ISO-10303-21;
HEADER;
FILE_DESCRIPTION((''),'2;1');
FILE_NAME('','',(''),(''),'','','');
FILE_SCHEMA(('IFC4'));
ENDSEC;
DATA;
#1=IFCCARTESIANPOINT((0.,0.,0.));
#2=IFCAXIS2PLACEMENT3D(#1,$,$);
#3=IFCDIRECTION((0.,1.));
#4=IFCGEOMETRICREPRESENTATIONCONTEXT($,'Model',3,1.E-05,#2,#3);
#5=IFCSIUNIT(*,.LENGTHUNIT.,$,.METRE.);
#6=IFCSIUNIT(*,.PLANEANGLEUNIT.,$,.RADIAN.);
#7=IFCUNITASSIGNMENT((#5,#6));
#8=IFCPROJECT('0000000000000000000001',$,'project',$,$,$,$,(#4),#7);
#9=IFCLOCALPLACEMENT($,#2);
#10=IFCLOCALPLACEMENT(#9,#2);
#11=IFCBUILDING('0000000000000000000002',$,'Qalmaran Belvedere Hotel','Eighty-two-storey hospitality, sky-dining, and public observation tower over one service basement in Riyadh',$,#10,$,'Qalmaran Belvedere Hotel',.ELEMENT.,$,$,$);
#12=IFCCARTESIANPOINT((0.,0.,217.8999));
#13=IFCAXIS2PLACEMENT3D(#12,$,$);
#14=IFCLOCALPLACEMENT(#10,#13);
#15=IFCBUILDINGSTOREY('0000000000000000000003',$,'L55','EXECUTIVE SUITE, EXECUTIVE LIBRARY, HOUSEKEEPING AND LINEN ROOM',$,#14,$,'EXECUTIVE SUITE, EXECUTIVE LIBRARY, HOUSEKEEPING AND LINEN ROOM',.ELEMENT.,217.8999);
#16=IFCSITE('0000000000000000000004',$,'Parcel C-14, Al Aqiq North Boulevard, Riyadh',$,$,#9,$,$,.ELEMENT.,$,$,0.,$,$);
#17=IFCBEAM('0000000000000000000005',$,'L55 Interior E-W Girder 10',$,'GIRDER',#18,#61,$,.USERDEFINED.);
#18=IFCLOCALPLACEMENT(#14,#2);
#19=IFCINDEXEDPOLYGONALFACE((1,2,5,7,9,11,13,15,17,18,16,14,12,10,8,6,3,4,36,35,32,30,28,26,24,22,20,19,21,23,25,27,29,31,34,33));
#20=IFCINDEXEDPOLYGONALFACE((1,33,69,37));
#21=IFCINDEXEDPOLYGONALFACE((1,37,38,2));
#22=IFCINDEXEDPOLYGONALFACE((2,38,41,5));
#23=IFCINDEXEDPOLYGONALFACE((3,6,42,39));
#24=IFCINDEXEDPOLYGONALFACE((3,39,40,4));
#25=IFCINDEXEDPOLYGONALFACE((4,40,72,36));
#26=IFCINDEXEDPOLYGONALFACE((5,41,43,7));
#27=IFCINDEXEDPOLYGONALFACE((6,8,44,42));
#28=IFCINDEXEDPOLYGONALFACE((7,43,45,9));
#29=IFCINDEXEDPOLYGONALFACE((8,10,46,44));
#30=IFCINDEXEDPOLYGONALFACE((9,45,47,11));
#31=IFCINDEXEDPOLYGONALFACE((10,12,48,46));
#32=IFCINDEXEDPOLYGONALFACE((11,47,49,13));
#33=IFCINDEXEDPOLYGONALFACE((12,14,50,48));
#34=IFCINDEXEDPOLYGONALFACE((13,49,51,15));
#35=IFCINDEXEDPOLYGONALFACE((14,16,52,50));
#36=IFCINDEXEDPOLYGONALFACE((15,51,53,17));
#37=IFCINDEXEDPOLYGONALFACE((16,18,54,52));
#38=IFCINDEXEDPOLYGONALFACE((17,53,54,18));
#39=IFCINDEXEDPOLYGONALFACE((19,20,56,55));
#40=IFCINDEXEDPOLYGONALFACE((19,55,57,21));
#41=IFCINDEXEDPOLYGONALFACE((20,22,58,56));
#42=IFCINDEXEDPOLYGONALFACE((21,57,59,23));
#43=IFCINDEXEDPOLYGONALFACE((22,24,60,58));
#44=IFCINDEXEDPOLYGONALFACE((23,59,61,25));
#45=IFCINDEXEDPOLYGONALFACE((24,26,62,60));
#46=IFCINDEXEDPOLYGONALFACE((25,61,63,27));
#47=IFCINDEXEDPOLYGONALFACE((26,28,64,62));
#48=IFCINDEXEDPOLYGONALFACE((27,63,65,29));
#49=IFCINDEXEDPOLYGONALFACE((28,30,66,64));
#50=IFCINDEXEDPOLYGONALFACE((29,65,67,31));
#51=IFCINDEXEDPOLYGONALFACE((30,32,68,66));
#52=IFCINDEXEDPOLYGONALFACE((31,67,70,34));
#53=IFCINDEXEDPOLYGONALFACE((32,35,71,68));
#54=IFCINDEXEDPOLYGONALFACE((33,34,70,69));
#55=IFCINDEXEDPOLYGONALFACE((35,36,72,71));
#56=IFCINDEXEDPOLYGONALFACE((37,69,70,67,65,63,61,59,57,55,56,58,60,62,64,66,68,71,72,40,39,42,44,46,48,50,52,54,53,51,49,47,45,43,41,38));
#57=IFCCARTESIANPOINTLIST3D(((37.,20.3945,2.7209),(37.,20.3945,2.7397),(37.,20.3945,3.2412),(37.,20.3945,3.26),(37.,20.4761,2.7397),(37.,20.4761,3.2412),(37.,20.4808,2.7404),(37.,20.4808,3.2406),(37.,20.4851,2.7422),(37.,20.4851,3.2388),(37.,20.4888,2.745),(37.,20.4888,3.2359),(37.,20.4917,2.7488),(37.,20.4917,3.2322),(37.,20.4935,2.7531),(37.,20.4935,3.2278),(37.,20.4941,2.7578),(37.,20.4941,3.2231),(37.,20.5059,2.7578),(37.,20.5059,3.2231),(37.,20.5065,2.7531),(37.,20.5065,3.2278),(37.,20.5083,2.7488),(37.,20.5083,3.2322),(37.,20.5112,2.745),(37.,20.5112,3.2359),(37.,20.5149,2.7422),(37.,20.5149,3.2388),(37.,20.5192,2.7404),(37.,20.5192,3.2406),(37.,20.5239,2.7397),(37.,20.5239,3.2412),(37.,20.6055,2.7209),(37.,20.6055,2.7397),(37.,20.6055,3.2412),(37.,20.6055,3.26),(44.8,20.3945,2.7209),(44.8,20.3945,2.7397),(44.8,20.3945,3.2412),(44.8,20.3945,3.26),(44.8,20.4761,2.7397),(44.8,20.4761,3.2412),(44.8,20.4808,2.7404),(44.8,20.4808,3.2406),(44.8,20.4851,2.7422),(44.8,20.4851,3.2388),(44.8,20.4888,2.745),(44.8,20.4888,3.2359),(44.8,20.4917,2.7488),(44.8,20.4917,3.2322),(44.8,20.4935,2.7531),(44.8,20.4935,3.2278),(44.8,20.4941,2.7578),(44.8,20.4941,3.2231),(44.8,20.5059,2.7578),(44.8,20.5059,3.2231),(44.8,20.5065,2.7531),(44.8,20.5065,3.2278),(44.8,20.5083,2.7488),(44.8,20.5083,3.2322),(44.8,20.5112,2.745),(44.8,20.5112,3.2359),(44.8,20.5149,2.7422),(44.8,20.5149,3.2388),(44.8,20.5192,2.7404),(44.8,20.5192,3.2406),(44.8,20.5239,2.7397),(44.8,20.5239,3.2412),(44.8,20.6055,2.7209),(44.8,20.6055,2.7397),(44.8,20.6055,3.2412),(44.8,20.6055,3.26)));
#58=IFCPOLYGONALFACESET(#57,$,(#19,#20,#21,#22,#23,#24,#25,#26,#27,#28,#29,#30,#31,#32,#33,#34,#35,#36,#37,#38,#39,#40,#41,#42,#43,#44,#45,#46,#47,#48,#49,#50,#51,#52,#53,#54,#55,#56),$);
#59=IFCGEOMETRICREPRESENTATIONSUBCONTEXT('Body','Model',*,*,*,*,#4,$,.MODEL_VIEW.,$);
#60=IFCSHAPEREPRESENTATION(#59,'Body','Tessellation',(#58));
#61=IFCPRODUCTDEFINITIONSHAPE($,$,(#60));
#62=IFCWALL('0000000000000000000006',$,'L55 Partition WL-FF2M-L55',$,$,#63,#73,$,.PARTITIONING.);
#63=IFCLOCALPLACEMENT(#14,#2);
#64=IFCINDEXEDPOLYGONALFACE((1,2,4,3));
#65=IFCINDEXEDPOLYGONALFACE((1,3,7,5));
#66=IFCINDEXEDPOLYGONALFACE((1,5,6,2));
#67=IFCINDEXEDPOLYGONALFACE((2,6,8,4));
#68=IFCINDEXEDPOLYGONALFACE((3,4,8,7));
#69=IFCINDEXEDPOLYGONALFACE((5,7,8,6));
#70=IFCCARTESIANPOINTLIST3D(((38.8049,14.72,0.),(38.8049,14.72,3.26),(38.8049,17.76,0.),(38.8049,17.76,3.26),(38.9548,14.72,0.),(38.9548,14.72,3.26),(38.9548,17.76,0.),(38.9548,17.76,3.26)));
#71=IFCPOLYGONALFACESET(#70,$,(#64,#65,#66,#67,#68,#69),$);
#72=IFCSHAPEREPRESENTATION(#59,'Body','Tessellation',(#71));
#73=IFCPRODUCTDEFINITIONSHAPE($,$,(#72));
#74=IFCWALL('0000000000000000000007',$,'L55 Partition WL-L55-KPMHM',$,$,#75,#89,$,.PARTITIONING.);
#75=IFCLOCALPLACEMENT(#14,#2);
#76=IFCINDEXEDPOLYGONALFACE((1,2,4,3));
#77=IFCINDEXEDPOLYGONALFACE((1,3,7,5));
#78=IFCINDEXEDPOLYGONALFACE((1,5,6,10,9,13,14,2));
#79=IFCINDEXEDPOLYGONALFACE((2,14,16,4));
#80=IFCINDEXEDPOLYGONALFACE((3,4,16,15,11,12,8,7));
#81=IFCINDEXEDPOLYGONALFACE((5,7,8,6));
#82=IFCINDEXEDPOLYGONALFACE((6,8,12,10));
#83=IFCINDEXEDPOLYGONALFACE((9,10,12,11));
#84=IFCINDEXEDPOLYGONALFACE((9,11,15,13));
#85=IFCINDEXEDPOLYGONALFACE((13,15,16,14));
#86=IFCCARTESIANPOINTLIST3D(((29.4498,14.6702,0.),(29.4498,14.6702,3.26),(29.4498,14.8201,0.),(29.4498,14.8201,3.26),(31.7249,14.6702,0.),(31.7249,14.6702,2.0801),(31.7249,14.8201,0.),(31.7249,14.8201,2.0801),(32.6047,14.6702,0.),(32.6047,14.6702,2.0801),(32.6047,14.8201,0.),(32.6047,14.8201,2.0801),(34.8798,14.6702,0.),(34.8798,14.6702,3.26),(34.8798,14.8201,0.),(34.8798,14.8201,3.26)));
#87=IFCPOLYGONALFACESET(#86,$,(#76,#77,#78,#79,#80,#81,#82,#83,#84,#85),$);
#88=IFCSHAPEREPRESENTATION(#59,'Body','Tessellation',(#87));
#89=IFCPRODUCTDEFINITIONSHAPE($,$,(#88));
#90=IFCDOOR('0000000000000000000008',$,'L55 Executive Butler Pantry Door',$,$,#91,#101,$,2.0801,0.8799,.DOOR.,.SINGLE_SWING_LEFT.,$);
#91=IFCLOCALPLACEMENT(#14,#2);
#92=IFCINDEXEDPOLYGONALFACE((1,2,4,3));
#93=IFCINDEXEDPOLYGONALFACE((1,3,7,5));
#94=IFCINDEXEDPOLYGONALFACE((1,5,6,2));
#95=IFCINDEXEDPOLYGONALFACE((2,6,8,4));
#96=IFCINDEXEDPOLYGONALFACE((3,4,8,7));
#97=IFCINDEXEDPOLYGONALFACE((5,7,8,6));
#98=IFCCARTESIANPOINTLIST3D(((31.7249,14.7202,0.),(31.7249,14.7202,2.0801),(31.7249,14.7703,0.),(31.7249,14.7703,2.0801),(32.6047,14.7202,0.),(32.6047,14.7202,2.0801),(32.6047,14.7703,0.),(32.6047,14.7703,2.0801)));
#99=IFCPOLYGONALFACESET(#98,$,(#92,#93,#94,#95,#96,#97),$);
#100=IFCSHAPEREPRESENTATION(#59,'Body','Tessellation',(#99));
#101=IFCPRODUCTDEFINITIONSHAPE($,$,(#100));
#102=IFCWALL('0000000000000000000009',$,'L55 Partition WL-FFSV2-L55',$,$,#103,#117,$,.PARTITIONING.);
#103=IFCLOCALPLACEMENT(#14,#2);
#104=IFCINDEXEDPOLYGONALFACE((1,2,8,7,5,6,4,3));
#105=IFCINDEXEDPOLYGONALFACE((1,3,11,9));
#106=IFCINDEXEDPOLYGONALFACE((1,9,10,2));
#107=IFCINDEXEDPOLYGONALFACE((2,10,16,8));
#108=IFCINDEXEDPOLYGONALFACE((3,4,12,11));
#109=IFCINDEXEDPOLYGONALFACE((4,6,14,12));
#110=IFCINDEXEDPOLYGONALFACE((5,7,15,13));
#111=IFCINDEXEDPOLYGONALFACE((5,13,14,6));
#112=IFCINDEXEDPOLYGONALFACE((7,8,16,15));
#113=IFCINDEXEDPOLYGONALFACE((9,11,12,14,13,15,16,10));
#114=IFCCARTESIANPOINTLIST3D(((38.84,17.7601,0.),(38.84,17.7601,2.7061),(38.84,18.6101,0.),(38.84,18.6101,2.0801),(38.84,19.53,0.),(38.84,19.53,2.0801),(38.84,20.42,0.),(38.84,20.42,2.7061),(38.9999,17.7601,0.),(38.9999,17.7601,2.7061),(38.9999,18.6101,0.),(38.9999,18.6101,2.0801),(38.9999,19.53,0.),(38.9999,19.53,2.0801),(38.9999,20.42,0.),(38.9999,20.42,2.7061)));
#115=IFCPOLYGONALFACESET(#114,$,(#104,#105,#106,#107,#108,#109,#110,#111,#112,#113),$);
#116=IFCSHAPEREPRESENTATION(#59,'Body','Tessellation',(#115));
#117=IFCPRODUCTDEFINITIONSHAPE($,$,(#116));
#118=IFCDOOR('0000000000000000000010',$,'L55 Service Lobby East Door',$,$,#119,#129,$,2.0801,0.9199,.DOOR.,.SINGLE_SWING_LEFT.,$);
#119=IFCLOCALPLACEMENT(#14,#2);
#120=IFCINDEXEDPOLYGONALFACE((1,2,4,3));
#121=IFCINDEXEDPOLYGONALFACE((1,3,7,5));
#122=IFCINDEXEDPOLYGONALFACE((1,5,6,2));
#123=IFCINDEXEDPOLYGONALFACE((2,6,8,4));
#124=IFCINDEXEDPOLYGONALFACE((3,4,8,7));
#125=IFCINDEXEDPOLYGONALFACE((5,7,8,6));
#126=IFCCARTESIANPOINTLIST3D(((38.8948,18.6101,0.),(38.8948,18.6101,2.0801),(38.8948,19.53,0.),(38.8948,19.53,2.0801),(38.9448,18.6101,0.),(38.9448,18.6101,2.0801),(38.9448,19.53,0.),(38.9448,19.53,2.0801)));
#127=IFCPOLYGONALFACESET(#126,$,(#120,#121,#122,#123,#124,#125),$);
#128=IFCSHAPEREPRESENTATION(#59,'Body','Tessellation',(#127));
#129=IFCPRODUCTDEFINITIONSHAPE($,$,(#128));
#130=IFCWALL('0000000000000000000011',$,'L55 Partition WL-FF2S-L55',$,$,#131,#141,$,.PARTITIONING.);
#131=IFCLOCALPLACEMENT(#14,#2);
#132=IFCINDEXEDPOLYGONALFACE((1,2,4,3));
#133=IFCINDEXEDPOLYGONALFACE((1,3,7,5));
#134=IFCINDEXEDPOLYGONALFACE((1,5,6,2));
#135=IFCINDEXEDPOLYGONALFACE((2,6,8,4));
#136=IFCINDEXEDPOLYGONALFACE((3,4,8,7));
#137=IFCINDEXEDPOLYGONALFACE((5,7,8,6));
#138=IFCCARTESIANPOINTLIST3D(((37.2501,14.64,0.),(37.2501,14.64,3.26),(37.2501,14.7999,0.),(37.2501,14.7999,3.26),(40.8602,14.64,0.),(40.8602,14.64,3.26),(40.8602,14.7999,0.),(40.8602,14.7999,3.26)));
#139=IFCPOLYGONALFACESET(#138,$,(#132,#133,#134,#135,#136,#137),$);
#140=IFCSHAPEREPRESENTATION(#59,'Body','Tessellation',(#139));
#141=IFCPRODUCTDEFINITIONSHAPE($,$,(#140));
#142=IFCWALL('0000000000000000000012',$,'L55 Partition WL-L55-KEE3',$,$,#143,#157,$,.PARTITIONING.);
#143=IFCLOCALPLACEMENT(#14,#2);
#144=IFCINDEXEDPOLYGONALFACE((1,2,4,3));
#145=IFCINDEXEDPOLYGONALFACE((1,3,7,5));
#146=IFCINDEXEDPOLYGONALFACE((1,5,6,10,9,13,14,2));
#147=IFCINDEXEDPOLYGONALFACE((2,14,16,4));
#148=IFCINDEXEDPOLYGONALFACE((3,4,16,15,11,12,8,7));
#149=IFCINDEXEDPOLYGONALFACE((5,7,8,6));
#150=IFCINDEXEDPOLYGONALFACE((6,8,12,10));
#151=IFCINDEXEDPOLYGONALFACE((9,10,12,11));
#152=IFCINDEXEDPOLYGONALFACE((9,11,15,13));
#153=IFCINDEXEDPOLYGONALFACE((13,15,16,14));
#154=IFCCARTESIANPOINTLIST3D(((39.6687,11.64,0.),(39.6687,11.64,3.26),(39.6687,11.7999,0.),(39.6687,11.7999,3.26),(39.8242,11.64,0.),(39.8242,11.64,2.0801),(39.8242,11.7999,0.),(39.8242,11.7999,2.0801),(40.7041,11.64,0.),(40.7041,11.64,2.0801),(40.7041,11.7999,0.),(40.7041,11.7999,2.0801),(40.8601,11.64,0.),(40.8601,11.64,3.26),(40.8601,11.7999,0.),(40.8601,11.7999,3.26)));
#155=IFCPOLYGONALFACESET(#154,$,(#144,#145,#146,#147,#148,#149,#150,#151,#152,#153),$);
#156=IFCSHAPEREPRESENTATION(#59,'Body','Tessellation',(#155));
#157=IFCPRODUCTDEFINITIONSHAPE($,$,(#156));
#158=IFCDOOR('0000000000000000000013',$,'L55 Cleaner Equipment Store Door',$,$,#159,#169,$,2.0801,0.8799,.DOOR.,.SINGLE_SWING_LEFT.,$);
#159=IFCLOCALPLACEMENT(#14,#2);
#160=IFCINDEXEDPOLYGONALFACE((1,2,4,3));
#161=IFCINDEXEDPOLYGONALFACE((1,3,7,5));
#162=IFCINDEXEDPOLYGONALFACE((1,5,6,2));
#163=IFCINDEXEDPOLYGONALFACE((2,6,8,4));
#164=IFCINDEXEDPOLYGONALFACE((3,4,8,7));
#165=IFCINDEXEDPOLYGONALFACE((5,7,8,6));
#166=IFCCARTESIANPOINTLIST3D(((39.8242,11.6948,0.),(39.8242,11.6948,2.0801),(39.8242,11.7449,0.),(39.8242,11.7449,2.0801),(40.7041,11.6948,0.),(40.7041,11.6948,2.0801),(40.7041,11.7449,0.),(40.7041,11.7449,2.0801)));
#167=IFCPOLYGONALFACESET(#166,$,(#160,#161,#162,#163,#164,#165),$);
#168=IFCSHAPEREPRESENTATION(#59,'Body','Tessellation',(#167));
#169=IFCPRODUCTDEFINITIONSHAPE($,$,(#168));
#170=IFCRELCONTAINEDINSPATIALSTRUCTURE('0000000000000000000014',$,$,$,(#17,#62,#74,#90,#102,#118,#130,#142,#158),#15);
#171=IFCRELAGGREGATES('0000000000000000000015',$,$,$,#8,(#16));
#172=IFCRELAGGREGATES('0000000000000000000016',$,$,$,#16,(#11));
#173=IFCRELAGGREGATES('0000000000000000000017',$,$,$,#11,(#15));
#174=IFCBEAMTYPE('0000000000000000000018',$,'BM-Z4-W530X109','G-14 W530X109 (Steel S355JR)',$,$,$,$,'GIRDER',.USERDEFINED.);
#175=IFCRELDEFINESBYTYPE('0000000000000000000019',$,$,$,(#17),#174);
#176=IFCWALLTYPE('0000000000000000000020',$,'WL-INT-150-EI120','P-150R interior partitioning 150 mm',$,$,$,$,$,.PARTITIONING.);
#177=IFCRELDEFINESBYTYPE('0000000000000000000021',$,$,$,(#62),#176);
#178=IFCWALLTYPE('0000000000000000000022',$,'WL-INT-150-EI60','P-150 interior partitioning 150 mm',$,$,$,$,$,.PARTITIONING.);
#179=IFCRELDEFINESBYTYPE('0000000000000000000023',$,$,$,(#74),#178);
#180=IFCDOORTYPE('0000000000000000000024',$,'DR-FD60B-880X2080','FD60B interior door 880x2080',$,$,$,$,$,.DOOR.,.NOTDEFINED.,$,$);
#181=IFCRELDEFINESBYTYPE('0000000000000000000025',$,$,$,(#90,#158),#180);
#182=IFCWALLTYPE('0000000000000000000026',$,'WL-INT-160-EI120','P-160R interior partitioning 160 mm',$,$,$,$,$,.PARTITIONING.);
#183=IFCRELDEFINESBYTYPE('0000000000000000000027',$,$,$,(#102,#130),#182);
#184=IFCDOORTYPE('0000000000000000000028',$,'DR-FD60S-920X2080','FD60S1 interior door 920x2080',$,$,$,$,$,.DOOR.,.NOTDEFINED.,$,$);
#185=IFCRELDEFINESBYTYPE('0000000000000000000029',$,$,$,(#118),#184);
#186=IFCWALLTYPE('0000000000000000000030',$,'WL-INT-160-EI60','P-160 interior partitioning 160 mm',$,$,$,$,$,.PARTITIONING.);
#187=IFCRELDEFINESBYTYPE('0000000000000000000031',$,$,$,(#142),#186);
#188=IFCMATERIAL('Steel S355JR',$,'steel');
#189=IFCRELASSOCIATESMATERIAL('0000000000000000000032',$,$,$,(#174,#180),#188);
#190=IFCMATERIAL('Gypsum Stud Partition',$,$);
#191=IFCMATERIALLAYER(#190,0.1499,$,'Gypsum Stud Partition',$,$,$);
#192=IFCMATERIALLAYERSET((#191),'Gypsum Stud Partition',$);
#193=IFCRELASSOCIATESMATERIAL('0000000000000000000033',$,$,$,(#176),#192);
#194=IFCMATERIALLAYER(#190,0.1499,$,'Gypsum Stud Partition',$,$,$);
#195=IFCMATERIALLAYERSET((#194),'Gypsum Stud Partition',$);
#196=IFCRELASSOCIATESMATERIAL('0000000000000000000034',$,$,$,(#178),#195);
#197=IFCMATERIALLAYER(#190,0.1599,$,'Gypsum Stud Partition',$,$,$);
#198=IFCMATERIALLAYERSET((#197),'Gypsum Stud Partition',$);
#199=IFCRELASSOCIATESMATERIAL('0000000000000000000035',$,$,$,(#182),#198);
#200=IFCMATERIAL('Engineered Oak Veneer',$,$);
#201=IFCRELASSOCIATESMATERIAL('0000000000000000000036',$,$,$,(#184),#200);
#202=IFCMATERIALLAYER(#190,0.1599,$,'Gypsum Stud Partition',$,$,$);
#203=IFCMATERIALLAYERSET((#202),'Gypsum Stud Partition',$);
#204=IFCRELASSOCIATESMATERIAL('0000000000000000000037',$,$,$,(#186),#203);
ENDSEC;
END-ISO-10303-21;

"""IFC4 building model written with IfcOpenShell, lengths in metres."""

from ifc_helpers import new_model, si_unit, direction, frame, frame_2d, origin, origin_2d, place, context, subcontext, project, spatial, rectangle, i_section, extrude, material, layer, layer_set, material_profile, profile_set, type_object, element, fill, save


model = new_model("IFC4")

# Units and contexts
model_context = context("Model", 3, precision=1e-05, world=origin(), true_north=direction((0.0, 1.0)))
body_context = subcontext(model_context, "Body", "Model", "MODEL_VIEW")
ifc_project = project(units=[si_unit("LENGTHUNIT", "METRE"), si_unit("PLANEANGLEUNIT", "RADIAN")], contexts=[model_context])

# Site, building, storey
site_placement = place(None, origin())
site = spatial("IfcSite", under=ifc_project, at=site_placement, Name="Parcel C-14, Al Aqiq North Boulevard, Riyadh", CompositionType="ELEMENT", RefElevation=0.0)
building_placement = place(site_placement, origin())
building = spatial("IfcBuilding", under=site, at=building_placement, Name="Qalmaran Belvedere Hotel", Description="Eighty-two-storey hospitality, sky-dining, and public observation tower over one service basement in Riyadh", LongName="Qalmaran Belvedere Hotel", CompositionType="ELEMENT")
storey_placement = place(building_placement, frame((0.0, 0.0, 217.8999)))
storey = spatial("IfcBuildingStorey", under=building, at=storey_placement, Name="L55", Description="EXECUTIVE SUITE, EXECUTIVE LIBRARY, HOUSEKEEPING AND LINEN ROOM", LongName="EXECUTIVE SUITE, EXECUTIVE LIBRARY, HOUSEKEEPING AND LINEN ROOM", CompositionType="ELEMENT", Elevation=217.8999)

# Beam
ifc_material_1 = material(Name="Steel S355JR", Category="steel")
ifc_material_profile_1 = material_profile(ifc_material_1, i_section(OverallWidth=0.2109, OverallDepth=0.5391, WebThickness=0.0117, FlangeThickness=0.0188, FilletRadius=0.0181, at=origin_2d()), Name="W530X109")
ifc_profile_set_1 = profile_set([ifc_material_profile_1], Name="Steel S355JR")
beam_type_1 = type_object("IfcBeamType", Name="BM-Z4-W530X109", Description="G-14 W530X109 (Steel S355JR)", ElementType="GIRDER", PredefinedType="USERDEFINED", material=ifc_profile_set_1)
for number, where, z_axis, x_axis, name in (
    (1, (37.0, 20.5, 2.9905), (1.0, 0.0, 0.0), (0.0, 1.0, 0.0), "L55 Interior E-W Girder 10"),
):
    element("IfcBeam", number, at=place(storey_placement, frame(where, z_axis=z_axis, x_axis=x_axis)), inside=storey, type_object=beam_type_1, Name=name, ObjectType="GIRDER", PredefinedType="USERDEFINED", context=body_context, shape_type="SweptSolid", body=[
        extrude(i_section(OverallWidth=0.2109, OverallDepth=0.5391, WebThickness=0.0117, FlangeThickness=0.0188, FilletRadius=0.0181, at=origin_2d()), origin(), (0.0, 0.0, 1.0), 7.8),
    ])

# Wall
ifc_material_2 = material(Name="Gypsum Stud Partition")
ifc_layer_1 = layer(ifc_material_2, 0.1499, Name="Gypsum Stud Partition")
ifc_layer_set_1 = layer_set([ifc_layer_1], Name="Gypsum Stud Partition")
wall_type_1 = type_object("IfcWallType", Name="WL-INT-150-EI120", Description="P-150R interior partitioning 150 mm", PredefinedType="PARTITIONING", material=ifc_layer_set_1)
wall_1_placement = place(storey_placement, frame((38.8799, 14.72, 0.0), z_axis=(0.0, 0.0, 1.0), x_axis=(0.0, 1.0, 0.0)))
element("IfcWall", 2, at=wall_1_placement, inside=storey, type_object=wall_type_1, Name="L55 Partition WL-FF2M-L55", PredefinedType="PARTITIONING", context=body_context, shape_type="SweptSolid", body=[
    extrude(rectangle(XDim=3.04, YDim=0.1499, at=frame_2d((1.52, 0.0))), origin(), (0.0, 0.0, 1.0), 3.26),
])
ifc_layer_2 = layer(ifc_material_2, 0.1499, Name="Gypsum Stud Partition")
ifc_layer_set_2 = layer_set([ifc_layer_2], Name="Gypsum Stud Partition")
wall_type_2 = type_object("IfcWallType", Name="WL-INT-150-EI60", Description="P-150 interior partitioning 150 mm", PredefinedType="PARTITIONING", material=ifc_layer_set_2)

# Walls, openings, doors
wall_2_placement = place(storey_placement, frame((29.45, 14.7451, 0.0), z_axis=(0.0, 0.0, 1.0), x_axis=(1.0, 0.0, 0.0)))
wall_2 = element("IfcWall", 3, at=wall_2_placement, inside=storey, type_object=wall_type_2, Name="L55 Partition WL-L55-KPMHM", PredefinedType="PARTITIONING", context=body_context, shape_type="SweptSolid", body=[
    extrude(rectangle(XDim=5.4299, YDim=0.1499, at=frame_2d((2.7148, 0.0))), origin(), (0.0, 0.0, 1.0), 3.26),
])
opening_1_placement = place(wall_2_placement, frame((3.1548, 0.0, 0.0), z_axis=(0.0, 0.0, 1.0), x_axis=(-1.0, 0.0, 0.0)))
opening_1 = element("IfcOpeningElement", 4, at=opening_1_placement, cuts=wall_2, PredefinedType="OPENING", context=body_context, shape_type="SweptSolid", body=[
    extrude(rectangle(XDim=0.8799, YDim=2.0801, at=frame_2d((0.4399, 1.04))), frame((0.0, 0.085, 0.0), z_axis=(0.0, -1.0, 0.0), x_axis=(1.0, 0.0, 0.0)), (0.0, 0.0, 1.0), 0.1699),
])
door_type_1 = type_object("IfcDoorType", Name="DR-FD60B-880X2080", Description="FD60B interior door 880x2080", OperationType="NOTDEFINED", PredefinedType="DOOR", material=ifc_material_1)
door_1_placement = place(opening_1_placement, origin())
door_1 = element("IfcDoor", 5, at=door_1_placement, inside=storey, type_object=door_type_1, Name="L55 Executive Butler Pantry Door", OperationType="SINGLE_SWING_LEFT", OverallHeight=2.0801, OverallWidth=0.8799, PredefinedType="DOOR", context=body_context, shape_type="SweptSolid", body=[
    extrude(rectangle(XDim=0.8799, YDim=2.0801, at=frame_2d((0.4399, 1.04))), frame((0.0, 0.0249, 0.0), z_axis=(0.0, -1.0, 0.0), x_axis=(1.0, 0.0, 0.0)), (0.0, 0.0, 1.0), 0.05),
])
fill(opening_1, door_1)
ifc_layer_3 = layer(ifc_material_2, 0.1599, Name="Gypsum Stud Partition")
ifc_layer_set_3 = layer_set([ifc_layer_3], Name="Gypsum Stud Partition")
wall_type_3 = type_object("IfcWallType", Name="WL-INT-160-EI120", Description="P-160R interior partitioning 160 mm", PredefinedType="PARTITIONING", material=ifc_layer_set_3)
wall_3_placement = place(storey_placement, frame((38.9199, 17.76, 0.0), z_axis=(0.0, 0.0, 1.0), x_axis=(0.0, 1.0, 0.0)))
wall_3 = element("IfcWall", 6, at=wall_3_placement, inside=storey, type_object=wall_type_3, Name="L55 Partition WL-FFSV2-L55", PredefinedType="PARTITIONING", context=body_context, shape_type="SweptSolid", body=[
    extrude(rectangle(XDim=2.6599, YDim=0.1599, at=frame_2d((1.3301, 0.0))), origin(), (0.0, 0.0, 1.0), 2.7061),
])
opening_2_placement = place(wall_3_placement, frame((1.77, 0.0, 0.0), z_axis=(0.0, 0.0, 1.0), x_axis=(-1.0, 0.0, 0.0)))
opening_2 = element("IfcOpeningElement", 7, at=opening_2_placement, cuts=wall_3, PredefinedType="OPENING", context=body_context, shape_type="SweptSolid", body=[
    extrude(rectangle(XDim=0.9199, YDim=2.0801, at=frame_2d((0.46, 1.04))), frame((0.0, 0.0898, 0.0), z_axis=(0.0, -1.0, 0.0), x_axis=(1.0, 0.0, 0.0)), (0.0, 0.0, 1.0), 0.1799),
])
ifc_material_3 = material(Name="Engineered Oak Veneer")
door_type_2 = type_object("IfcDoorType", Name="DR-FD60S-920X2080", Description="FD60S1 interior door 920x2080", OperationType="NOTDEFINED", PredefinedType="DOOR", material=ifc_material_3)
door_2_placement = place(opening_2_placement, origin())
door_2 = element("IfcDoor", 8, at=door_2_placement, inside=storey, type_object=door_type_2, Name="L55 Service Lobby East Door", OperationType="SINGLE_SWING_LEFT", OverallHeight=2.0801, OverallWidth=0.9199, PredefinedType="DOOR", context=body_context, shape_type="SweptSolid", body=[
    extrude(rectangle(XDim=0.9199, YDim=2.0801, at=frame_2d((0.46, 1.04))), frame((0.0, 0.0249, 0.0), z_axis=(0.0, -1.0, 0.0), x_axis=(1.0, 0.0, 0.0)), (0.0, 0.0, 1.0), 0.05),
])
fill(opening_2, door_2)

# Wall
wall_4_placement = place(storey_placement, frame((37.25, 14.72, 0.0), z_axis=(0.0, 0.0, 1.0), x_axis=(1.0, 0.0, 0.0)))
element("IfcWall", 9, at=wall_4_placement, inside=storey, type_object=wall_type_3, Name="L55 Partition WL-FF2S-L55", PredefinedType="PARTITIONING", context=body_context, shape_type="SweptSolid", body=[
    extrude(rectangle(XDim=3.6101, YDim=0.1599, at=frame_2d((1.8052, 0.0))), origin(), (0.0, 0.0, 1.0), 3.26),
])

# Wall, opening, door
ifc_layer_4 = layer(ifc_material_2, 0.1599, Name="Gypsum Stud Partition")
ifc_layer_set_4 = layer_set([ifc_layer_4], Name="Gypsum Stud Partition")
wall_type_4 = type_object("IfcWallType", Name="WL-INT-160-EI60", Description="P-160 interior partitioning 160 mm", PredefinedType="PARTITIONING", material=ifc_layer_set_4)
wall_5_placement = place(storey_placement, frame((39.6687, 11.72, 0.0), z_axis=(0.0, 0.0, 1.0), x_axis=(1.0, 0.0, 0.0)))
wall_5 = element("IfcWall", 10, at=wall_5_placement, inside=storey, type_object=wall_type_4, Name="L55 Partition WL-L55-KEE3", PredefinedType="PARTITIONING", context=body_context, shape_type="SweptSolid", body=[
    extrude(rectangle(XDim=1.1914, YDim=0.1599, at=frame_2d((0.5957, 0.0))), origin(), (0.0, 0.0, 1.0), 3.26),
])
opening_3_placement = place(wall_5_placement, frame((0.1555, 0.0, 0.0)))
opening_3 = element("IfcOpeningElement", 11, at=opening_3_placement, cuts=wall_5, PredefinedType="OPENING", context=body_context, shape_type="SweptSolid", body=[
    extrude(rectangle(XDim=0.8799, YDim=2.0801, at=frame_2d((0.4399, 1.04))), frame((0.0, 0.0898, 0.0), z_axis=(0.0, -1.0, 0.0), x_axis=(1.0, 0.0, 0.0)), (0.0, 0.0, 1.0), 0.1799),
])
door_3_placement = place(opening_3_placement, origin())
door_3 = element("IfcDoor", 12, at=door_3_placement, inside=storey, type_object=door_type_1, Name="L55 Cleaner Equipment Store Door", OperationType="SINGLE_SWING_LEFT", OverallHeight=2.0801, OverallWidth=0.8799, PredefinedType="DOOR", context=body_context, shape_type="SweptSolid", body=[
    extrude(rectangle(XDim=0.8799, YDim=2.0801, at=frame_2d((0.4399, 1.04))), frame((0.0, 0.0249, 0.0), z_axis=(0.0, -1.0, 0.0), x_axis=(1.0, 0.0, 0.0)), (0.0, 0.0, 1.0), 0.05),
])
fill(opening_3, door_3)

save(model, "model.ifc")
